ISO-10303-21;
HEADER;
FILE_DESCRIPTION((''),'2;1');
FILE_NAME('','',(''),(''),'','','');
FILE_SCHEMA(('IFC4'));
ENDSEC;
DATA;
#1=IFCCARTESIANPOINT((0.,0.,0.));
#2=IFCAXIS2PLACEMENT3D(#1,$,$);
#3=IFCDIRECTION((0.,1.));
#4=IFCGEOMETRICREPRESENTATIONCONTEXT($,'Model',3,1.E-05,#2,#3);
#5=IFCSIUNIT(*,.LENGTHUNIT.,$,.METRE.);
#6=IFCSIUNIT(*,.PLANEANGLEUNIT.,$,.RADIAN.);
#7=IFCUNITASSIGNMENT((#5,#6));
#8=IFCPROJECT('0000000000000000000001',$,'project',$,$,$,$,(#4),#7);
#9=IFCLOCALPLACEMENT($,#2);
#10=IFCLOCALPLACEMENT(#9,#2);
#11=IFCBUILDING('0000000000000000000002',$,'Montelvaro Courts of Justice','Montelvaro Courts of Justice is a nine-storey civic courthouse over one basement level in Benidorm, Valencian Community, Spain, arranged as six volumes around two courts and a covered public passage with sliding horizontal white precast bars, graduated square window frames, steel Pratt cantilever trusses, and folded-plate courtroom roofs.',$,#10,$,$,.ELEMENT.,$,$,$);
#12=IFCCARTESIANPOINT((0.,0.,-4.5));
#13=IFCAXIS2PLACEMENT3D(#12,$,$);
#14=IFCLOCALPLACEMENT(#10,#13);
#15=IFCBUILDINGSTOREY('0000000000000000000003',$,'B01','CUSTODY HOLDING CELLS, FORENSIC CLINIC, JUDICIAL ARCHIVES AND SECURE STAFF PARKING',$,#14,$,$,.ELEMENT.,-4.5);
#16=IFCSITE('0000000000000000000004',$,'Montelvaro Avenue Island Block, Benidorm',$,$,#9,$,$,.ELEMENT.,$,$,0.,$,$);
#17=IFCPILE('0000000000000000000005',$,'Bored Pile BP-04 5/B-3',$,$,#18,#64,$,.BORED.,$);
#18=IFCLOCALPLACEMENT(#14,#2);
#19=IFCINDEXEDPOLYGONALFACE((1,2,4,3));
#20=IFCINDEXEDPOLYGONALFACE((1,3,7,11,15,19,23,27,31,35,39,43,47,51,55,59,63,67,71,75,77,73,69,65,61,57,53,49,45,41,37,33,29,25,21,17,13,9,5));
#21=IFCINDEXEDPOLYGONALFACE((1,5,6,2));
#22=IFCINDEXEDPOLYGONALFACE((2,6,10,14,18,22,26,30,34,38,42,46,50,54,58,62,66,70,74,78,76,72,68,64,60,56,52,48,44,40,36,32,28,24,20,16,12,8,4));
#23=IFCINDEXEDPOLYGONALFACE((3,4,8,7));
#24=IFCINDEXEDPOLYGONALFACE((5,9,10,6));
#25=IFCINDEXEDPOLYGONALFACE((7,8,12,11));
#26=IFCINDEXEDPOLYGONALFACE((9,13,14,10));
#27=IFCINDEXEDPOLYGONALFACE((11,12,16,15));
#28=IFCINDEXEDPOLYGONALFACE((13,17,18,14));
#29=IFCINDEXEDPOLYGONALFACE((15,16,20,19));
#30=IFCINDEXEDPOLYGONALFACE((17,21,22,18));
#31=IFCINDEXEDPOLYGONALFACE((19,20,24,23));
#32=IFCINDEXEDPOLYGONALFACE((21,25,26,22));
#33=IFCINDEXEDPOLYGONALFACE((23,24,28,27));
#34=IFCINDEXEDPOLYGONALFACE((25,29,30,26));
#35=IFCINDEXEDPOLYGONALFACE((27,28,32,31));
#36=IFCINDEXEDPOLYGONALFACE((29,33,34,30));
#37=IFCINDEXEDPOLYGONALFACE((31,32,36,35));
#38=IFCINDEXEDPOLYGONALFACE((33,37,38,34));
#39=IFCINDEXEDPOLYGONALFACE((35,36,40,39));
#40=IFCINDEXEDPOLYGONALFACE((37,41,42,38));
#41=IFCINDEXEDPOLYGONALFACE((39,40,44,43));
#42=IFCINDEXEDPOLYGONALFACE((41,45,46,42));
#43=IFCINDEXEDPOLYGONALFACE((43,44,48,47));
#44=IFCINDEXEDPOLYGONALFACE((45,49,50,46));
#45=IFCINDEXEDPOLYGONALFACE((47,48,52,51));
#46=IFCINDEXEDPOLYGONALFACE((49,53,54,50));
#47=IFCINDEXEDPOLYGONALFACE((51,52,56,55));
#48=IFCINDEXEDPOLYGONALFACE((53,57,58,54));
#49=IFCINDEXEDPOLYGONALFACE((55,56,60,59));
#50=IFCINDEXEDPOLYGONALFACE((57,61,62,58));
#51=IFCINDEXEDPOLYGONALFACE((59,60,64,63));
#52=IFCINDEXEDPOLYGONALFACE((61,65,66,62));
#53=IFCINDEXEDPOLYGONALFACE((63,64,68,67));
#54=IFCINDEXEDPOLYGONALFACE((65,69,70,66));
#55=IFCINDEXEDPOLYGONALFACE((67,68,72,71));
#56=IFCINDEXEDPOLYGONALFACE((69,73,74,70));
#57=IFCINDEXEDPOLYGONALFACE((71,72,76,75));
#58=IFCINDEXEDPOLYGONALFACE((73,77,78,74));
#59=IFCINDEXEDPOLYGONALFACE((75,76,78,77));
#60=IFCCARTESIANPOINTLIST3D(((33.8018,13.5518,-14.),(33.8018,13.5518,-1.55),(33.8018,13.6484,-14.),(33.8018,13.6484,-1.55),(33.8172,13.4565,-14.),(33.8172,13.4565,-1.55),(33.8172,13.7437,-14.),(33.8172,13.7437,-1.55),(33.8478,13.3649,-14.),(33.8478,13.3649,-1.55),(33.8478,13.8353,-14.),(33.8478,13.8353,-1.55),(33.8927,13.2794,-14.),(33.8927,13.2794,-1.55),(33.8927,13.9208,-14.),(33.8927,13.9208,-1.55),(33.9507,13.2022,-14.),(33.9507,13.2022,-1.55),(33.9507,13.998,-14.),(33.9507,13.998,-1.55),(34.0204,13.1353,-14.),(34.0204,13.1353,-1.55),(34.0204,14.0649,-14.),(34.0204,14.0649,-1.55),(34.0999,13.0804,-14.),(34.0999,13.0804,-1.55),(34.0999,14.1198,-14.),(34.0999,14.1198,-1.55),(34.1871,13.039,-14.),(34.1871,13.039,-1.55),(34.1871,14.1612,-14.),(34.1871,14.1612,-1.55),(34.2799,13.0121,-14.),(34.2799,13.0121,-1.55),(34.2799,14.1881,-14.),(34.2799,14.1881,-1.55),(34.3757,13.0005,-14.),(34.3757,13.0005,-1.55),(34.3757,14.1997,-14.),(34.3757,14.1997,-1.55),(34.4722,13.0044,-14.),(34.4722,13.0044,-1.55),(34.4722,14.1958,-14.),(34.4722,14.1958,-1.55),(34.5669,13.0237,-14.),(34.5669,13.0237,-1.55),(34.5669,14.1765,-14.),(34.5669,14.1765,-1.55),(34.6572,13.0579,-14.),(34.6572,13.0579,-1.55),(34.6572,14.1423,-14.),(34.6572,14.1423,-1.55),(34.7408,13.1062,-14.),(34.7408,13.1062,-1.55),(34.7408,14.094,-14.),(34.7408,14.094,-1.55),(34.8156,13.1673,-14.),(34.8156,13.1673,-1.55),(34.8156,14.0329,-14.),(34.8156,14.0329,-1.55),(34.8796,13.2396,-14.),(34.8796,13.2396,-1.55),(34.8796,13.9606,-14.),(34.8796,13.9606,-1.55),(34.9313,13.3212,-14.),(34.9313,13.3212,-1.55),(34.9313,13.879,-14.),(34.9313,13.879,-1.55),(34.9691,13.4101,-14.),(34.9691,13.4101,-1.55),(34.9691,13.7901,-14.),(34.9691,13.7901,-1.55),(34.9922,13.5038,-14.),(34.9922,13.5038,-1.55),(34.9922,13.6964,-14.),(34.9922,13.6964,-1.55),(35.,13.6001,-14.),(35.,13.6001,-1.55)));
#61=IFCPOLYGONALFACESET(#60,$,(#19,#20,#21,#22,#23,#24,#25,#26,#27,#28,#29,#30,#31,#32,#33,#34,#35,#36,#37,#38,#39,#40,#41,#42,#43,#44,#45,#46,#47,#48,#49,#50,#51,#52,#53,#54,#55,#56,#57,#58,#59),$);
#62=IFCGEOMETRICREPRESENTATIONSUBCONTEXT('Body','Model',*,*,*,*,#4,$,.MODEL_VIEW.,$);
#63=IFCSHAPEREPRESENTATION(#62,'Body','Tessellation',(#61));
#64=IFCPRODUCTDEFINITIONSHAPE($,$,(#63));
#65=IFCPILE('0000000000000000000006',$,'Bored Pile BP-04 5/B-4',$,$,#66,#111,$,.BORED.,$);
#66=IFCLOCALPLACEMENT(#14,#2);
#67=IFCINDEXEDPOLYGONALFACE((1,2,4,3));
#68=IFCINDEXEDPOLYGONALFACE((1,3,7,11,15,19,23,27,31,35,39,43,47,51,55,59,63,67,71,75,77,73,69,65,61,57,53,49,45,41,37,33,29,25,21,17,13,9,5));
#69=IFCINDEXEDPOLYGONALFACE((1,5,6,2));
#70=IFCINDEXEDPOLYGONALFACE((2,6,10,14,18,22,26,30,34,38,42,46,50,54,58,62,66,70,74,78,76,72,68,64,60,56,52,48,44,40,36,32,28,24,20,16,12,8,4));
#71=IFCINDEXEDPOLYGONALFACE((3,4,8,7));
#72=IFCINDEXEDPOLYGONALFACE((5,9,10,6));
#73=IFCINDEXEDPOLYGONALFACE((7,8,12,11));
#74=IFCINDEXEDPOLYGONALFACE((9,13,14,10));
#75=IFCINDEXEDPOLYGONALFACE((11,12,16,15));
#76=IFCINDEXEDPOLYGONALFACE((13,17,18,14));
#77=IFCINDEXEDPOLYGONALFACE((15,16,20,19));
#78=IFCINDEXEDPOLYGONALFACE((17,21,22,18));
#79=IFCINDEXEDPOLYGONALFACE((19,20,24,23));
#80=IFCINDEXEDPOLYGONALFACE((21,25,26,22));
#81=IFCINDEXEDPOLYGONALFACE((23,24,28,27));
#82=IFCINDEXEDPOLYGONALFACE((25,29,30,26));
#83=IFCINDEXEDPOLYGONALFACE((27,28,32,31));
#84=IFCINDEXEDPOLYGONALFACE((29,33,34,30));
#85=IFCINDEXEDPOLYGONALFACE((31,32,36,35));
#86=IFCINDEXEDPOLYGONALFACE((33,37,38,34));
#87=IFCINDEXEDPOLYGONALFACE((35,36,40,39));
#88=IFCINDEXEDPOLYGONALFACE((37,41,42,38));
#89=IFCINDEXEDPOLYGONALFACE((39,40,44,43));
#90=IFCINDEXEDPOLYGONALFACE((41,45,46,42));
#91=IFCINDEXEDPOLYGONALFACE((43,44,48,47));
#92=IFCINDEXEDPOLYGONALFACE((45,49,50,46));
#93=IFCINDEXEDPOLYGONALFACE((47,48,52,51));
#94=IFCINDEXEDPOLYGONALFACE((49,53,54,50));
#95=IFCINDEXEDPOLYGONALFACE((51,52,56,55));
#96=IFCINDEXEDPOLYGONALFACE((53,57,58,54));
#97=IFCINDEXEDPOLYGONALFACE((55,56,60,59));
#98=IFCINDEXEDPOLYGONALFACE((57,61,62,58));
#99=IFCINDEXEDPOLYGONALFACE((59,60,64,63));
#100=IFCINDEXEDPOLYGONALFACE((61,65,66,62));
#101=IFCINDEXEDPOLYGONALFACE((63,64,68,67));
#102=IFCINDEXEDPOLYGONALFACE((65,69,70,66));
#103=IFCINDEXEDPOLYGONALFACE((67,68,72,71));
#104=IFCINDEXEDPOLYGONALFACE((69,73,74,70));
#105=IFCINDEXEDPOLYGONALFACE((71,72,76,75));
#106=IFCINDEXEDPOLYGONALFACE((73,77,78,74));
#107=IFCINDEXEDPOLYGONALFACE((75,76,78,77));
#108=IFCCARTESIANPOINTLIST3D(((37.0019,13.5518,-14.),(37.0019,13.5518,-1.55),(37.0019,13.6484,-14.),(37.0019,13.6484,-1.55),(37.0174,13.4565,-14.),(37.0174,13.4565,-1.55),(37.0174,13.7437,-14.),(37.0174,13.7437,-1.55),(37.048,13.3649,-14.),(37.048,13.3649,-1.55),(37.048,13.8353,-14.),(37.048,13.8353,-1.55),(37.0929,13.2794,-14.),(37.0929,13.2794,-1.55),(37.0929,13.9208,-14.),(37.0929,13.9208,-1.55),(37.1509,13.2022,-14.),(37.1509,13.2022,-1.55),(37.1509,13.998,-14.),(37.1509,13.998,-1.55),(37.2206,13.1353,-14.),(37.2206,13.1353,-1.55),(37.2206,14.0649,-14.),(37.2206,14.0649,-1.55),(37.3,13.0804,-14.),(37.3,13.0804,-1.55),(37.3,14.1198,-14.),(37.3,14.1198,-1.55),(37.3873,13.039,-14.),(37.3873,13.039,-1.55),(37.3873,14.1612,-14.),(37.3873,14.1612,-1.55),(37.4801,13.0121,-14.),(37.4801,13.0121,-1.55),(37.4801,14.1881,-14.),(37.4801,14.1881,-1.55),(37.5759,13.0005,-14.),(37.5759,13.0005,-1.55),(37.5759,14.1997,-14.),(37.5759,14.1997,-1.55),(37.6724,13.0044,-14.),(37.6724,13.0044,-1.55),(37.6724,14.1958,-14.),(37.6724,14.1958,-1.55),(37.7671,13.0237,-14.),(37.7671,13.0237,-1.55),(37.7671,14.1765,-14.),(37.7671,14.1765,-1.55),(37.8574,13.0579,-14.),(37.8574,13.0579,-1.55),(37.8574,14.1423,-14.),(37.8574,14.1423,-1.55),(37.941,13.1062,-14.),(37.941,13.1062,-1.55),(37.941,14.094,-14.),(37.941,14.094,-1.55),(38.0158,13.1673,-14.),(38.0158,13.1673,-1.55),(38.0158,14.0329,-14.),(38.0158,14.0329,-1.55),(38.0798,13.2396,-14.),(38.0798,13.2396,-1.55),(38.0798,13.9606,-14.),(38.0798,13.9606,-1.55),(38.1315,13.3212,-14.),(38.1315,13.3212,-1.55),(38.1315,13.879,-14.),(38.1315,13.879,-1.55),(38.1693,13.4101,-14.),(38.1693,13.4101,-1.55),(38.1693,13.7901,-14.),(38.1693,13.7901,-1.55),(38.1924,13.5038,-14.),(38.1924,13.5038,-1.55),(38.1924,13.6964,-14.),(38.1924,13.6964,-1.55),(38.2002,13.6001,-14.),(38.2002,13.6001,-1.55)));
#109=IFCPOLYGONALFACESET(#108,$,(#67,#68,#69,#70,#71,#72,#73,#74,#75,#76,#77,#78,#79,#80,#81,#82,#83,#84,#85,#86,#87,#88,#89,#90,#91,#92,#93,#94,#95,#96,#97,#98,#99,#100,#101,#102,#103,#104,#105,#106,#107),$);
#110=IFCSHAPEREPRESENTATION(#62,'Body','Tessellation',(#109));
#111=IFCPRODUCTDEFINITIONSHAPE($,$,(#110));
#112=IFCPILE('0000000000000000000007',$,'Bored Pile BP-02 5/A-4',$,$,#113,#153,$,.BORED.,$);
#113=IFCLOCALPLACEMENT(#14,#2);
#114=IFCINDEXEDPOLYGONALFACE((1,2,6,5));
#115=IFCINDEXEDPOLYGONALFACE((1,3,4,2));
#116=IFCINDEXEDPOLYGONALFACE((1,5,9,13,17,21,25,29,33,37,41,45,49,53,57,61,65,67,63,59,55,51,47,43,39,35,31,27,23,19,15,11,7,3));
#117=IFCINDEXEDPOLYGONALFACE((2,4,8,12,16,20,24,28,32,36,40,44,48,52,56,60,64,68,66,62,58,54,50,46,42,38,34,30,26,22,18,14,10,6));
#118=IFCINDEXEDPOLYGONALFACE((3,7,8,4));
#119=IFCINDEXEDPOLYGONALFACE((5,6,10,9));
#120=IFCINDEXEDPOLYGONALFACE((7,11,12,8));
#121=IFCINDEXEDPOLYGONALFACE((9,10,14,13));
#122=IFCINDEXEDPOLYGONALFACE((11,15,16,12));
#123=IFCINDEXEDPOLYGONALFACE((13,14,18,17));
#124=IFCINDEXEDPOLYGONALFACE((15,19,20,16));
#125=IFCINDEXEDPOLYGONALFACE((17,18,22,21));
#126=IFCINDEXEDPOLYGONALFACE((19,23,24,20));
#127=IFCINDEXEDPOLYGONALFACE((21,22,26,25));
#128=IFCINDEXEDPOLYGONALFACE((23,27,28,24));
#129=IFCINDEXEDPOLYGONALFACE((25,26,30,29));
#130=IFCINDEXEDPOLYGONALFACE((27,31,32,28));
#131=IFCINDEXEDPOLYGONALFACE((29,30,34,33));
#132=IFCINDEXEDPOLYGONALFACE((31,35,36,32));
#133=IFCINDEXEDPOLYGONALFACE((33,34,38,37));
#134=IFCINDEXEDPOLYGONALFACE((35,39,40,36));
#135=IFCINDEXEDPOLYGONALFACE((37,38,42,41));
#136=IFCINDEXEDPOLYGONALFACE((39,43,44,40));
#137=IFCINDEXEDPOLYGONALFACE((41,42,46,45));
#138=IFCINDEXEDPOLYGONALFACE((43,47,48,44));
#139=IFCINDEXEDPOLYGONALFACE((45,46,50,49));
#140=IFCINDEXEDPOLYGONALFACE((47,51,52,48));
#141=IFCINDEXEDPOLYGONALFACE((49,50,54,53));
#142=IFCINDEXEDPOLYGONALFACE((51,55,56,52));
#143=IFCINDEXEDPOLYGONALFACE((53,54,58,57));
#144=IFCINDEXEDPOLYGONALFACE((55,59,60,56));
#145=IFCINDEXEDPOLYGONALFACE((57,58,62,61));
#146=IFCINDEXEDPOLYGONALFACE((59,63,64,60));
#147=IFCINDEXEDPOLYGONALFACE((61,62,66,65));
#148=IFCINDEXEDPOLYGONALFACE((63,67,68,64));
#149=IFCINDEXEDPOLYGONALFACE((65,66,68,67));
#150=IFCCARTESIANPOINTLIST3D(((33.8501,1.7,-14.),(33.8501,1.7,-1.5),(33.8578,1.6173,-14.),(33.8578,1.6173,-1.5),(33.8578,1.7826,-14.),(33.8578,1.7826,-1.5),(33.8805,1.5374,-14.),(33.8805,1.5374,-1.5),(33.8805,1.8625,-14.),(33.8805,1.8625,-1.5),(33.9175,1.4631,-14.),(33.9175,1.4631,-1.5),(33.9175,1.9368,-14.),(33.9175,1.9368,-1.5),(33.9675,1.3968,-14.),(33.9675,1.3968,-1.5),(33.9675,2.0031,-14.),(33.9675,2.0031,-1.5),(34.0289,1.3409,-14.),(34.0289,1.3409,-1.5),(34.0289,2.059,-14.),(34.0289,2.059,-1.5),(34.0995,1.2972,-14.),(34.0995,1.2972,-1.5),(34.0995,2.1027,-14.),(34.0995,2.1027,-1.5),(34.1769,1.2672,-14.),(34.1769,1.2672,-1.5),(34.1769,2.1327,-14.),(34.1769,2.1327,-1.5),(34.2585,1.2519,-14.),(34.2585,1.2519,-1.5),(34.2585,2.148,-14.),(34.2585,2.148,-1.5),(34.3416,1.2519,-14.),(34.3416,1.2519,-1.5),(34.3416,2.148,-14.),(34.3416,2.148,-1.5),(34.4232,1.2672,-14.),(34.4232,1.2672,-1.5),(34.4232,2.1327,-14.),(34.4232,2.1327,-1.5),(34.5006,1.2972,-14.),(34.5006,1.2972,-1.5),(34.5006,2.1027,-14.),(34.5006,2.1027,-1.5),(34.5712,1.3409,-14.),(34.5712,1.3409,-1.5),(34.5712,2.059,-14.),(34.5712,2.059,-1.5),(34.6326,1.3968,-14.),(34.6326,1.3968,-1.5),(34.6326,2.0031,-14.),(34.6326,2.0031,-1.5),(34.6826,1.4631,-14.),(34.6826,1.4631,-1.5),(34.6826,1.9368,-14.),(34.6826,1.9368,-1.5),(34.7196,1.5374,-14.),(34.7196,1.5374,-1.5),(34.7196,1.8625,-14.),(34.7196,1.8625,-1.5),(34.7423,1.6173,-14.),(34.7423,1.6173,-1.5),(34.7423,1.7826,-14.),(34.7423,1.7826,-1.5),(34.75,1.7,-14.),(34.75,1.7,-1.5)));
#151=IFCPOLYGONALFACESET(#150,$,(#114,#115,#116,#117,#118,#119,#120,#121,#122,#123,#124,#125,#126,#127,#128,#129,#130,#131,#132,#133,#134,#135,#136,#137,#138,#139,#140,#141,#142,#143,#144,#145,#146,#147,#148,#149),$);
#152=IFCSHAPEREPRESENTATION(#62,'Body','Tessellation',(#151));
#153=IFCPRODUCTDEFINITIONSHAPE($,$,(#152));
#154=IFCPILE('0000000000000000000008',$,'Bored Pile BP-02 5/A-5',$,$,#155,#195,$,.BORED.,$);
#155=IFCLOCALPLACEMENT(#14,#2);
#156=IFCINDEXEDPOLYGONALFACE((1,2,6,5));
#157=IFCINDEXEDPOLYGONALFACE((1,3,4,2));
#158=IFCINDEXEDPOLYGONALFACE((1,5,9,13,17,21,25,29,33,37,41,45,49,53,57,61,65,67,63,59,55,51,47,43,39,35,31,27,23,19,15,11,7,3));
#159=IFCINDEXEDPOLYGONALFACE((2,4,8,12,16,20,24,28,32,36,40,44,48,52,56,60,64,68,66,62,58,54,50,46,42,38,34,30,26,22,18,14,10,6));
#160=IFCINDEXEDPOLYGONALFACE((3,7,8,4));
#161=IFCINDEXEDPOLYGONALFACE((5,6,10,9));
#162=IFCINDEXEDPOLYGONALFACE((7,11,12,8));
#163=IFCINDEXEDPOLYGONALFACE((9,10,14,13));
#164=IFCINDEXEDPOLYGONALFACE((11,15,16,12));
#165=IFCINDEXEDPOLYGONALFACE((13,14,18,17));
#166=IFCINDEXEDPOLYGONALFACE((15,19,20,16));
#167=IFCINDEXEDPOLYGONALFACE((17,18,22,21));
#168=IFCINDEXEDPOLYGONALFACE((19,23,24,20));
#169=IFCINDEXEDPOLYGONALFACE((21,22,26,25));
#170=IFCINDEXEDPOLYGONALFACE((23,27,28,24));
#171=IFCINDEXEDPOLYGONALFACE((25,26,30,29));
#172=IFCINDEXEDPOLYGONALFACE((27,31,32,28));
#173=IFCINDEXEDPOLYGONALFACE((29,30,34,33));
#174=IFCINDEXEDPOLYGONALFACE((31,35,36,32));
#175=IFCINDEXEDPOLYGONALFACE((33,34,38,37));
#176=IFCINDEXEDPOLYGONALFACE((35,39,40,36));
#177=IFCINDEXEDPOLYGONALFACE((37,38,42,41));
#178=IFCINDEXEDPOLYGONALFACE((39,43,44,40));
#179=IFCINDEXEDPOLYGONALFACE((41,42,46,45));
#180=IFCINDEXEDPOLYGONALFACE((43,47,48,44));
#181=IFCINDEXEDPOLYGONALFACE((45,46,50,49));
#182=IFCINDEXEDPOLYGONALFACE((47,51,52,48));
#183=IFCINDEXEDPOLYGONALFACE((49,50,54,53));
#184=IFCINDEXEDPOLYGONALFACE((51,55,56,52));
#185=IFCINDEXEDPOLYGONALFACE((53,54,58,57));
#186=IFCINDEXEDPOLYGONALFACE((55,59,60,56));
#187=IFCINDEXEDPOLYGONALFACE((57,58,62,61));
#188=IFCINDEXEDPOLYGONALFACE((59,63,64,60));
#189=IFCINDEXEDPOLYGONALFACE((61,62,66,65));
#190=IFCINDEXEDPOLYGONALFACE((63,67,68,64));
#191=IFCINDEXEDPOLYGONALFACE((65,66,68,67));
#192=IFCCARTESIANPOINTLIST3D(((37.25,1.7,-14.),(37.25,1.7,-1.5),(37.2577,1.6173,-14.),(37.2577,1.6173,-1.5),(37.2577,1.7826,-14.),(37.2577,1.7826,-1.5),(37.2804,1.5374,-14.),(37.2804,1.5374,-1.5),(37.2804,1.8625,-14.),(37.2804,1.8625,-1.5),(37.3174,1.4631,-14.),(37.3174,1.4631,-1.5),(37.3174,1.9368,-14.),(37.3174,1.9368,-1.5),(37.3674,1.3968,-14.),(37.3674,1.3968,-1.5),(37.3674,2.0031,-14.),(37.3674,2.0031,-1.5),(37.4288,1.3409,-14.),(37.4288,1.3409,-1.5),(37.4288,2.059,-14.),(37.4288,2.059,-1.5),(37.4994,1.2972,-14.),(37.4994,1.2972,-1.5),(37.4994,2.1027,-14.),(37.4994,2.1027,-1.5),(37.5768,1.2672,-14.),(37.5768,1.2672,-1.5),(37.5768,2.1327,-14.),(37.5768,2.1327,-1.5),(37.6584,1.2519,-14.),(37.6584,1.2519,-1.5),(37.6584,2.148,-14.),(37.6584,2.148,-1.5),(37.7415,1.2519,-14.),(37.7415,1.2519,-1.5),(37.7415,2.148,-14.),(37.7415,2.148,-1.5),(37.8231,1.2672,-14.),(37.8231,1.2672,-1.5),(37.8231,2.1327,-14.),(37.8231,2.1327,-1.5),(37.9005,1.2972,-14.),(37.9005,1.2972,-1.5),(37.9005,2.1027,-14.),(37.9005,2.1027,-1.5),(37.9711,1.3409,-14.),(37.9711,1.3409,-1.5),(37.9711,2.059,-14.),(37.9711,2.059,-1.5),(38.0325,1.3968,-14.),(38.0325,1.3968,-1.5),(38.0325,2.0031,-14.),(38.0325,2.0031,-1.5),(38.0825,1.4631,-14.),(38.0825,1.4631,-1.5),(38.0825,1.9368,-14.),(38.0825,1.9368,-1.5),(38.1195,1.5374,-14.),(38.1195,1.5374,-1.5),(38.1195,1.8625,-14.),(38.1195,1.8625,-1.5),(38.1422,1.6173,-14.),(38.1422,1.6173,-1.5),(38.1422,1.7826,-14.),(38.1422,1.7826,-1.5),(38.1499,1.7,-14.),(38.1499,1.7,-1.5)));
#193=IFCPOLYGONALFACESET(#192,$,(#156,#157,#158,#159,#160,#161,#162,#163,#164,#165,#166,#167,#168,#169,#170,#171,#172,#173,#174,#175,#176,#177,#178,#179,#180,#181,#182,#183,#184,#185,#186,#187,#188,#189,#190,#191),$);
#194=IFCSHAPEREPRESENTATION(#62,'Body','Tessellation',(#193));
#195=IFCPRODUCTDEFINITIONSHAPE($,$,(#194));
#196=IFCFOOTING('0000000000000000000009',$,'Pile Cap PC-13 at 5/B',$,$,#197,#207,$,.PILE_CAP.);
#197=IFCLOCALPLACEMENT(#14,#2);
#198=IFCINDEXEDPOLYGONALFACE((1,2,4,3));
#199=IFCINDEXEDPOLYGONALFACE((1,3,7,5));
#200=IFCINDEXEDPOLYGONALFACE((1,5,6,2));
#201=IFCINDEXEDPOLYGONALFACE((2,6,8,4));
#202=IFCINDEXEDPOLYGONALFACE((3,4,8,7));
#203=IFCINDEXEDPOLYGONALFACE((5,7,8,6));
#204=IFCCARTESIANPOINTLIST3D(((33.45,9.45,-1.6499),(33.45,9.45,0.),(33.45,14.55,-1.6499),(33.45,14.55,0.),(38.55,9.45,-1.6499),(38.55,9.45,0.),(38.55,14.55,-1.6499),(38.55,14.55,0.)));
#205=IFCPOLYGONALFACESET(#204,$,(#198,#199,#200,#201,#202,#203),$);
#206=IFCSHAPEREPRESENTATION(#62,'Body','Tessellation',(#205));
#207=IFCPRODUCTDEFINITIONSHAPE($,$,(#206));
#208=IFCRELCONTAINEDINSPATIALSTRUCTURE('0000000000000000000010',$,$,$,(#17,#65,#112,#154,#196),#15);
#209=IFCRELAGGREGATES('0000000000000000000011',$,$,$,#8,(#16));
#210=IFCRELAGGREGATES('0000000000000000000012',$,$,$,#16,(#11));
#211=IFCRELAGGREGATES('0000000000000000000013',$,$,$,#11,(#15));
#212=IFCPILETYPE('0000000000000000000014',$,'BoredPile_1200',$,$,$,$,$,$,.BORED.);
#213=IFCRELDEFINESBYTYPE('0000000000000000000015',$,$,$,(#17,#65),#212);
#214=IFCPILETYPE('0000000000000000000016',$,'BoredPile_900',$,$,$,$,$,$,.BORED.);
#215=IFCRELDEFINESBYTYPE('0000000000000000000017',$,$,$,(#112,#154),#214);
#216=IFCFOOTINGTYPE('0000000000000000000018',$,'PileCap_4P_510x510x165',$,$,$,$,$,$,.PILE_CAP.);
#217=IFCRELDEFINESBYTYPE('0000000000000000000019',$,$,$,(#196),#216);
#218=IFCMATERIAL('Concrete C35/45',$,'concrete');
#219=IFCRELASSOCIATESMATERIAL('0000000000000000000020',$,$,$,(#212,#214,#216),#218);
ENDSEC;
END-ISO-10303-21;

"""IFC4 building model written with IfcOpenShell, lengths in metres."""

from ifc_helpers import new_model, si_unit, direction, frame, origin, origin_2d, place, context, subcontext, project, spatial, rectangle, circle, extrude, material, material_profile, profile_set, type_object, element, save


model = new_model("IFC4")

# Units and contexts
model_context = context("Model", 3, precision=1e-05, world=origin(), true_north=direction((0.0, 1.0)))
body_context = subcontext(model_context, "Body", "Model", "MODEL_VIEW")
ifc_project = project(units=[si_unit("LENGTHUNIT", "METRE"), si_unit("PLANEANGLEUNIT", "RADIAN")], contexts=[model_context])

# Site, building, storey
site_placement = place(None, origin())
site = spatial("IfcSite", under=ifc_project, at=site_placement, Name="Montelvaro Avenue Island Block, Benidorm", CompositionType="ELEMENT", RefElevation=0.0)
building_placement = place(site_placement, origin())
building = spatial("IfcBuilding", under=site, at=building_placement, Name="Montelvaro Courts of Justice", Description="Montelvaro Courts of Justice is a nine-storey civic courthouse over one basement level in Benidorm, Valencian Community, Spain, arranged as six volumes around two courts and a covered public passage with sliding horizontal white precast bars, graduated square window frames, steel Pratt cantilever trusses, and folded-plate courtroom roofs.", CompositionType="ELEMENT")
storey_placement = place(building_placement, frame((0.0, 0.0, -4.5)))
storey = spatial("IfcBuildingStorey", under=building, at=storey_placement, Name="B01", Description="CUSTODY HOLDING CELLS, FORENSIC CLINIC, JUDICIAL ARCHIVES AND SECURE STAFF PARKING", CompositionType="ELEMENT", Elevation=-4.5)

# Piles
ifc_material_1 = material(Name="Concrete C35/45", Category="concrete")
ifc_material_profile_1 = material_profile(ifc_material_1, circle(Radius=0.6001, at=origin_2d()), Name="BORED PILE D1200")
ifc_profile_set_1 = profile_set([ifc_material_profile_1], Name="Concrete C35/45")
pile_type_1 = type_object("IfcPileType", Name="BoredPile_1200", PredefinedType="BORED", material=ifc_profile_set_1)
for number, where, z_axis, x_axis, name in (
    (1, (34.3999, 13.6001, -1.55), (0.0, 0.0, -1.0), (1.0, 0.0, 0.0), "Bored Pile BP-04 5/B-3"),
    (2, (37.6001, 13.6001, -1.55), (0.0, 0.0, -1.0), (1.0, 0.0, 0.0), "Bored Pile BP-04 5/B-4"),
):
    element("IfcPile", number, at=place(storey_placement, frame(where, z_axis=z_axis, x_axis=x_axis)), inside=storey, type_object=pile_type_1, Name=name, PredefinedType="BORED", context=body_context, shape_type="SweptSolid", body=[
        extrude(circle(Radius=0.6001, at=origin_2d()), origin(), (0.0, 0.0, 1.0), 12.45),
    ])
ifc_material_profile_2 = material_profile(ifc_material_1, circle(Radius=0.45, at=origin_2d()), Name="BORED PILE D900")
ifc_profile_set_2 = profile_set([ifc_material_profile_2], Name="Concrete C35/45")
pile_type_2 = type_object("IfcPileType", Name="BoredPile_900", PredefinedType="BORED", material=ifc_profile_set_2)
for number, where, z_axis, x_axis, name in (
    (3, (34.3, 1.7, -1.5), (0.0, 0.0, -1.0), (1.0, 0.0, 0.0), "Bored Pile BP-02 5/A-4"),
    (4, (37.7, 1.7, -1.5), (0.0, 0.0, -1.0), (1.0, 0.0, 0.0), "Bored Pile BP-02 5/A-5"),
):
    element("IfcPile", number, at=place(storey_placement, frame(where, z_axis=z_axis, x_axis=x_axis)), inside=storey, type_object=pile_type_2, Name=name, PredefinedType="BORED", context=body_context, shape_type="SweptSolid", body=[
        extrude(circle(Radius=0.45, at=origin_2d()), origin(), (0.0, 0.0, 1.0), 12.5),
    ])

# Footing
footing_type = type_object("IfcFootingType", Name="PileCap_4P_510x510x165", PredefinedType="PILE_CAP", material=ifc_material_1)
footing_placement = place(storey_placement, frame((36.0, 12.0, -1.6499), z_axis=(0.0, 0.0, 1.0), x_axis=(1.0, 0.0, 0.0)))
element("IfcFooting", 5, at=footing_placement, inside=storey, type_object=footing_type, Name="Pile Cap PC-13 at 5/B", PredefinedType="PILE_CAP", context=body_context, shape_type="SweptSolid", body=[
    extrude(rectangle(XDim=5.1001, YDim=5.1001, at=origin_2d()), origin(), (0.0, 0.0, 1.0), 1.6499),
])

save(model, "model.ifc")
